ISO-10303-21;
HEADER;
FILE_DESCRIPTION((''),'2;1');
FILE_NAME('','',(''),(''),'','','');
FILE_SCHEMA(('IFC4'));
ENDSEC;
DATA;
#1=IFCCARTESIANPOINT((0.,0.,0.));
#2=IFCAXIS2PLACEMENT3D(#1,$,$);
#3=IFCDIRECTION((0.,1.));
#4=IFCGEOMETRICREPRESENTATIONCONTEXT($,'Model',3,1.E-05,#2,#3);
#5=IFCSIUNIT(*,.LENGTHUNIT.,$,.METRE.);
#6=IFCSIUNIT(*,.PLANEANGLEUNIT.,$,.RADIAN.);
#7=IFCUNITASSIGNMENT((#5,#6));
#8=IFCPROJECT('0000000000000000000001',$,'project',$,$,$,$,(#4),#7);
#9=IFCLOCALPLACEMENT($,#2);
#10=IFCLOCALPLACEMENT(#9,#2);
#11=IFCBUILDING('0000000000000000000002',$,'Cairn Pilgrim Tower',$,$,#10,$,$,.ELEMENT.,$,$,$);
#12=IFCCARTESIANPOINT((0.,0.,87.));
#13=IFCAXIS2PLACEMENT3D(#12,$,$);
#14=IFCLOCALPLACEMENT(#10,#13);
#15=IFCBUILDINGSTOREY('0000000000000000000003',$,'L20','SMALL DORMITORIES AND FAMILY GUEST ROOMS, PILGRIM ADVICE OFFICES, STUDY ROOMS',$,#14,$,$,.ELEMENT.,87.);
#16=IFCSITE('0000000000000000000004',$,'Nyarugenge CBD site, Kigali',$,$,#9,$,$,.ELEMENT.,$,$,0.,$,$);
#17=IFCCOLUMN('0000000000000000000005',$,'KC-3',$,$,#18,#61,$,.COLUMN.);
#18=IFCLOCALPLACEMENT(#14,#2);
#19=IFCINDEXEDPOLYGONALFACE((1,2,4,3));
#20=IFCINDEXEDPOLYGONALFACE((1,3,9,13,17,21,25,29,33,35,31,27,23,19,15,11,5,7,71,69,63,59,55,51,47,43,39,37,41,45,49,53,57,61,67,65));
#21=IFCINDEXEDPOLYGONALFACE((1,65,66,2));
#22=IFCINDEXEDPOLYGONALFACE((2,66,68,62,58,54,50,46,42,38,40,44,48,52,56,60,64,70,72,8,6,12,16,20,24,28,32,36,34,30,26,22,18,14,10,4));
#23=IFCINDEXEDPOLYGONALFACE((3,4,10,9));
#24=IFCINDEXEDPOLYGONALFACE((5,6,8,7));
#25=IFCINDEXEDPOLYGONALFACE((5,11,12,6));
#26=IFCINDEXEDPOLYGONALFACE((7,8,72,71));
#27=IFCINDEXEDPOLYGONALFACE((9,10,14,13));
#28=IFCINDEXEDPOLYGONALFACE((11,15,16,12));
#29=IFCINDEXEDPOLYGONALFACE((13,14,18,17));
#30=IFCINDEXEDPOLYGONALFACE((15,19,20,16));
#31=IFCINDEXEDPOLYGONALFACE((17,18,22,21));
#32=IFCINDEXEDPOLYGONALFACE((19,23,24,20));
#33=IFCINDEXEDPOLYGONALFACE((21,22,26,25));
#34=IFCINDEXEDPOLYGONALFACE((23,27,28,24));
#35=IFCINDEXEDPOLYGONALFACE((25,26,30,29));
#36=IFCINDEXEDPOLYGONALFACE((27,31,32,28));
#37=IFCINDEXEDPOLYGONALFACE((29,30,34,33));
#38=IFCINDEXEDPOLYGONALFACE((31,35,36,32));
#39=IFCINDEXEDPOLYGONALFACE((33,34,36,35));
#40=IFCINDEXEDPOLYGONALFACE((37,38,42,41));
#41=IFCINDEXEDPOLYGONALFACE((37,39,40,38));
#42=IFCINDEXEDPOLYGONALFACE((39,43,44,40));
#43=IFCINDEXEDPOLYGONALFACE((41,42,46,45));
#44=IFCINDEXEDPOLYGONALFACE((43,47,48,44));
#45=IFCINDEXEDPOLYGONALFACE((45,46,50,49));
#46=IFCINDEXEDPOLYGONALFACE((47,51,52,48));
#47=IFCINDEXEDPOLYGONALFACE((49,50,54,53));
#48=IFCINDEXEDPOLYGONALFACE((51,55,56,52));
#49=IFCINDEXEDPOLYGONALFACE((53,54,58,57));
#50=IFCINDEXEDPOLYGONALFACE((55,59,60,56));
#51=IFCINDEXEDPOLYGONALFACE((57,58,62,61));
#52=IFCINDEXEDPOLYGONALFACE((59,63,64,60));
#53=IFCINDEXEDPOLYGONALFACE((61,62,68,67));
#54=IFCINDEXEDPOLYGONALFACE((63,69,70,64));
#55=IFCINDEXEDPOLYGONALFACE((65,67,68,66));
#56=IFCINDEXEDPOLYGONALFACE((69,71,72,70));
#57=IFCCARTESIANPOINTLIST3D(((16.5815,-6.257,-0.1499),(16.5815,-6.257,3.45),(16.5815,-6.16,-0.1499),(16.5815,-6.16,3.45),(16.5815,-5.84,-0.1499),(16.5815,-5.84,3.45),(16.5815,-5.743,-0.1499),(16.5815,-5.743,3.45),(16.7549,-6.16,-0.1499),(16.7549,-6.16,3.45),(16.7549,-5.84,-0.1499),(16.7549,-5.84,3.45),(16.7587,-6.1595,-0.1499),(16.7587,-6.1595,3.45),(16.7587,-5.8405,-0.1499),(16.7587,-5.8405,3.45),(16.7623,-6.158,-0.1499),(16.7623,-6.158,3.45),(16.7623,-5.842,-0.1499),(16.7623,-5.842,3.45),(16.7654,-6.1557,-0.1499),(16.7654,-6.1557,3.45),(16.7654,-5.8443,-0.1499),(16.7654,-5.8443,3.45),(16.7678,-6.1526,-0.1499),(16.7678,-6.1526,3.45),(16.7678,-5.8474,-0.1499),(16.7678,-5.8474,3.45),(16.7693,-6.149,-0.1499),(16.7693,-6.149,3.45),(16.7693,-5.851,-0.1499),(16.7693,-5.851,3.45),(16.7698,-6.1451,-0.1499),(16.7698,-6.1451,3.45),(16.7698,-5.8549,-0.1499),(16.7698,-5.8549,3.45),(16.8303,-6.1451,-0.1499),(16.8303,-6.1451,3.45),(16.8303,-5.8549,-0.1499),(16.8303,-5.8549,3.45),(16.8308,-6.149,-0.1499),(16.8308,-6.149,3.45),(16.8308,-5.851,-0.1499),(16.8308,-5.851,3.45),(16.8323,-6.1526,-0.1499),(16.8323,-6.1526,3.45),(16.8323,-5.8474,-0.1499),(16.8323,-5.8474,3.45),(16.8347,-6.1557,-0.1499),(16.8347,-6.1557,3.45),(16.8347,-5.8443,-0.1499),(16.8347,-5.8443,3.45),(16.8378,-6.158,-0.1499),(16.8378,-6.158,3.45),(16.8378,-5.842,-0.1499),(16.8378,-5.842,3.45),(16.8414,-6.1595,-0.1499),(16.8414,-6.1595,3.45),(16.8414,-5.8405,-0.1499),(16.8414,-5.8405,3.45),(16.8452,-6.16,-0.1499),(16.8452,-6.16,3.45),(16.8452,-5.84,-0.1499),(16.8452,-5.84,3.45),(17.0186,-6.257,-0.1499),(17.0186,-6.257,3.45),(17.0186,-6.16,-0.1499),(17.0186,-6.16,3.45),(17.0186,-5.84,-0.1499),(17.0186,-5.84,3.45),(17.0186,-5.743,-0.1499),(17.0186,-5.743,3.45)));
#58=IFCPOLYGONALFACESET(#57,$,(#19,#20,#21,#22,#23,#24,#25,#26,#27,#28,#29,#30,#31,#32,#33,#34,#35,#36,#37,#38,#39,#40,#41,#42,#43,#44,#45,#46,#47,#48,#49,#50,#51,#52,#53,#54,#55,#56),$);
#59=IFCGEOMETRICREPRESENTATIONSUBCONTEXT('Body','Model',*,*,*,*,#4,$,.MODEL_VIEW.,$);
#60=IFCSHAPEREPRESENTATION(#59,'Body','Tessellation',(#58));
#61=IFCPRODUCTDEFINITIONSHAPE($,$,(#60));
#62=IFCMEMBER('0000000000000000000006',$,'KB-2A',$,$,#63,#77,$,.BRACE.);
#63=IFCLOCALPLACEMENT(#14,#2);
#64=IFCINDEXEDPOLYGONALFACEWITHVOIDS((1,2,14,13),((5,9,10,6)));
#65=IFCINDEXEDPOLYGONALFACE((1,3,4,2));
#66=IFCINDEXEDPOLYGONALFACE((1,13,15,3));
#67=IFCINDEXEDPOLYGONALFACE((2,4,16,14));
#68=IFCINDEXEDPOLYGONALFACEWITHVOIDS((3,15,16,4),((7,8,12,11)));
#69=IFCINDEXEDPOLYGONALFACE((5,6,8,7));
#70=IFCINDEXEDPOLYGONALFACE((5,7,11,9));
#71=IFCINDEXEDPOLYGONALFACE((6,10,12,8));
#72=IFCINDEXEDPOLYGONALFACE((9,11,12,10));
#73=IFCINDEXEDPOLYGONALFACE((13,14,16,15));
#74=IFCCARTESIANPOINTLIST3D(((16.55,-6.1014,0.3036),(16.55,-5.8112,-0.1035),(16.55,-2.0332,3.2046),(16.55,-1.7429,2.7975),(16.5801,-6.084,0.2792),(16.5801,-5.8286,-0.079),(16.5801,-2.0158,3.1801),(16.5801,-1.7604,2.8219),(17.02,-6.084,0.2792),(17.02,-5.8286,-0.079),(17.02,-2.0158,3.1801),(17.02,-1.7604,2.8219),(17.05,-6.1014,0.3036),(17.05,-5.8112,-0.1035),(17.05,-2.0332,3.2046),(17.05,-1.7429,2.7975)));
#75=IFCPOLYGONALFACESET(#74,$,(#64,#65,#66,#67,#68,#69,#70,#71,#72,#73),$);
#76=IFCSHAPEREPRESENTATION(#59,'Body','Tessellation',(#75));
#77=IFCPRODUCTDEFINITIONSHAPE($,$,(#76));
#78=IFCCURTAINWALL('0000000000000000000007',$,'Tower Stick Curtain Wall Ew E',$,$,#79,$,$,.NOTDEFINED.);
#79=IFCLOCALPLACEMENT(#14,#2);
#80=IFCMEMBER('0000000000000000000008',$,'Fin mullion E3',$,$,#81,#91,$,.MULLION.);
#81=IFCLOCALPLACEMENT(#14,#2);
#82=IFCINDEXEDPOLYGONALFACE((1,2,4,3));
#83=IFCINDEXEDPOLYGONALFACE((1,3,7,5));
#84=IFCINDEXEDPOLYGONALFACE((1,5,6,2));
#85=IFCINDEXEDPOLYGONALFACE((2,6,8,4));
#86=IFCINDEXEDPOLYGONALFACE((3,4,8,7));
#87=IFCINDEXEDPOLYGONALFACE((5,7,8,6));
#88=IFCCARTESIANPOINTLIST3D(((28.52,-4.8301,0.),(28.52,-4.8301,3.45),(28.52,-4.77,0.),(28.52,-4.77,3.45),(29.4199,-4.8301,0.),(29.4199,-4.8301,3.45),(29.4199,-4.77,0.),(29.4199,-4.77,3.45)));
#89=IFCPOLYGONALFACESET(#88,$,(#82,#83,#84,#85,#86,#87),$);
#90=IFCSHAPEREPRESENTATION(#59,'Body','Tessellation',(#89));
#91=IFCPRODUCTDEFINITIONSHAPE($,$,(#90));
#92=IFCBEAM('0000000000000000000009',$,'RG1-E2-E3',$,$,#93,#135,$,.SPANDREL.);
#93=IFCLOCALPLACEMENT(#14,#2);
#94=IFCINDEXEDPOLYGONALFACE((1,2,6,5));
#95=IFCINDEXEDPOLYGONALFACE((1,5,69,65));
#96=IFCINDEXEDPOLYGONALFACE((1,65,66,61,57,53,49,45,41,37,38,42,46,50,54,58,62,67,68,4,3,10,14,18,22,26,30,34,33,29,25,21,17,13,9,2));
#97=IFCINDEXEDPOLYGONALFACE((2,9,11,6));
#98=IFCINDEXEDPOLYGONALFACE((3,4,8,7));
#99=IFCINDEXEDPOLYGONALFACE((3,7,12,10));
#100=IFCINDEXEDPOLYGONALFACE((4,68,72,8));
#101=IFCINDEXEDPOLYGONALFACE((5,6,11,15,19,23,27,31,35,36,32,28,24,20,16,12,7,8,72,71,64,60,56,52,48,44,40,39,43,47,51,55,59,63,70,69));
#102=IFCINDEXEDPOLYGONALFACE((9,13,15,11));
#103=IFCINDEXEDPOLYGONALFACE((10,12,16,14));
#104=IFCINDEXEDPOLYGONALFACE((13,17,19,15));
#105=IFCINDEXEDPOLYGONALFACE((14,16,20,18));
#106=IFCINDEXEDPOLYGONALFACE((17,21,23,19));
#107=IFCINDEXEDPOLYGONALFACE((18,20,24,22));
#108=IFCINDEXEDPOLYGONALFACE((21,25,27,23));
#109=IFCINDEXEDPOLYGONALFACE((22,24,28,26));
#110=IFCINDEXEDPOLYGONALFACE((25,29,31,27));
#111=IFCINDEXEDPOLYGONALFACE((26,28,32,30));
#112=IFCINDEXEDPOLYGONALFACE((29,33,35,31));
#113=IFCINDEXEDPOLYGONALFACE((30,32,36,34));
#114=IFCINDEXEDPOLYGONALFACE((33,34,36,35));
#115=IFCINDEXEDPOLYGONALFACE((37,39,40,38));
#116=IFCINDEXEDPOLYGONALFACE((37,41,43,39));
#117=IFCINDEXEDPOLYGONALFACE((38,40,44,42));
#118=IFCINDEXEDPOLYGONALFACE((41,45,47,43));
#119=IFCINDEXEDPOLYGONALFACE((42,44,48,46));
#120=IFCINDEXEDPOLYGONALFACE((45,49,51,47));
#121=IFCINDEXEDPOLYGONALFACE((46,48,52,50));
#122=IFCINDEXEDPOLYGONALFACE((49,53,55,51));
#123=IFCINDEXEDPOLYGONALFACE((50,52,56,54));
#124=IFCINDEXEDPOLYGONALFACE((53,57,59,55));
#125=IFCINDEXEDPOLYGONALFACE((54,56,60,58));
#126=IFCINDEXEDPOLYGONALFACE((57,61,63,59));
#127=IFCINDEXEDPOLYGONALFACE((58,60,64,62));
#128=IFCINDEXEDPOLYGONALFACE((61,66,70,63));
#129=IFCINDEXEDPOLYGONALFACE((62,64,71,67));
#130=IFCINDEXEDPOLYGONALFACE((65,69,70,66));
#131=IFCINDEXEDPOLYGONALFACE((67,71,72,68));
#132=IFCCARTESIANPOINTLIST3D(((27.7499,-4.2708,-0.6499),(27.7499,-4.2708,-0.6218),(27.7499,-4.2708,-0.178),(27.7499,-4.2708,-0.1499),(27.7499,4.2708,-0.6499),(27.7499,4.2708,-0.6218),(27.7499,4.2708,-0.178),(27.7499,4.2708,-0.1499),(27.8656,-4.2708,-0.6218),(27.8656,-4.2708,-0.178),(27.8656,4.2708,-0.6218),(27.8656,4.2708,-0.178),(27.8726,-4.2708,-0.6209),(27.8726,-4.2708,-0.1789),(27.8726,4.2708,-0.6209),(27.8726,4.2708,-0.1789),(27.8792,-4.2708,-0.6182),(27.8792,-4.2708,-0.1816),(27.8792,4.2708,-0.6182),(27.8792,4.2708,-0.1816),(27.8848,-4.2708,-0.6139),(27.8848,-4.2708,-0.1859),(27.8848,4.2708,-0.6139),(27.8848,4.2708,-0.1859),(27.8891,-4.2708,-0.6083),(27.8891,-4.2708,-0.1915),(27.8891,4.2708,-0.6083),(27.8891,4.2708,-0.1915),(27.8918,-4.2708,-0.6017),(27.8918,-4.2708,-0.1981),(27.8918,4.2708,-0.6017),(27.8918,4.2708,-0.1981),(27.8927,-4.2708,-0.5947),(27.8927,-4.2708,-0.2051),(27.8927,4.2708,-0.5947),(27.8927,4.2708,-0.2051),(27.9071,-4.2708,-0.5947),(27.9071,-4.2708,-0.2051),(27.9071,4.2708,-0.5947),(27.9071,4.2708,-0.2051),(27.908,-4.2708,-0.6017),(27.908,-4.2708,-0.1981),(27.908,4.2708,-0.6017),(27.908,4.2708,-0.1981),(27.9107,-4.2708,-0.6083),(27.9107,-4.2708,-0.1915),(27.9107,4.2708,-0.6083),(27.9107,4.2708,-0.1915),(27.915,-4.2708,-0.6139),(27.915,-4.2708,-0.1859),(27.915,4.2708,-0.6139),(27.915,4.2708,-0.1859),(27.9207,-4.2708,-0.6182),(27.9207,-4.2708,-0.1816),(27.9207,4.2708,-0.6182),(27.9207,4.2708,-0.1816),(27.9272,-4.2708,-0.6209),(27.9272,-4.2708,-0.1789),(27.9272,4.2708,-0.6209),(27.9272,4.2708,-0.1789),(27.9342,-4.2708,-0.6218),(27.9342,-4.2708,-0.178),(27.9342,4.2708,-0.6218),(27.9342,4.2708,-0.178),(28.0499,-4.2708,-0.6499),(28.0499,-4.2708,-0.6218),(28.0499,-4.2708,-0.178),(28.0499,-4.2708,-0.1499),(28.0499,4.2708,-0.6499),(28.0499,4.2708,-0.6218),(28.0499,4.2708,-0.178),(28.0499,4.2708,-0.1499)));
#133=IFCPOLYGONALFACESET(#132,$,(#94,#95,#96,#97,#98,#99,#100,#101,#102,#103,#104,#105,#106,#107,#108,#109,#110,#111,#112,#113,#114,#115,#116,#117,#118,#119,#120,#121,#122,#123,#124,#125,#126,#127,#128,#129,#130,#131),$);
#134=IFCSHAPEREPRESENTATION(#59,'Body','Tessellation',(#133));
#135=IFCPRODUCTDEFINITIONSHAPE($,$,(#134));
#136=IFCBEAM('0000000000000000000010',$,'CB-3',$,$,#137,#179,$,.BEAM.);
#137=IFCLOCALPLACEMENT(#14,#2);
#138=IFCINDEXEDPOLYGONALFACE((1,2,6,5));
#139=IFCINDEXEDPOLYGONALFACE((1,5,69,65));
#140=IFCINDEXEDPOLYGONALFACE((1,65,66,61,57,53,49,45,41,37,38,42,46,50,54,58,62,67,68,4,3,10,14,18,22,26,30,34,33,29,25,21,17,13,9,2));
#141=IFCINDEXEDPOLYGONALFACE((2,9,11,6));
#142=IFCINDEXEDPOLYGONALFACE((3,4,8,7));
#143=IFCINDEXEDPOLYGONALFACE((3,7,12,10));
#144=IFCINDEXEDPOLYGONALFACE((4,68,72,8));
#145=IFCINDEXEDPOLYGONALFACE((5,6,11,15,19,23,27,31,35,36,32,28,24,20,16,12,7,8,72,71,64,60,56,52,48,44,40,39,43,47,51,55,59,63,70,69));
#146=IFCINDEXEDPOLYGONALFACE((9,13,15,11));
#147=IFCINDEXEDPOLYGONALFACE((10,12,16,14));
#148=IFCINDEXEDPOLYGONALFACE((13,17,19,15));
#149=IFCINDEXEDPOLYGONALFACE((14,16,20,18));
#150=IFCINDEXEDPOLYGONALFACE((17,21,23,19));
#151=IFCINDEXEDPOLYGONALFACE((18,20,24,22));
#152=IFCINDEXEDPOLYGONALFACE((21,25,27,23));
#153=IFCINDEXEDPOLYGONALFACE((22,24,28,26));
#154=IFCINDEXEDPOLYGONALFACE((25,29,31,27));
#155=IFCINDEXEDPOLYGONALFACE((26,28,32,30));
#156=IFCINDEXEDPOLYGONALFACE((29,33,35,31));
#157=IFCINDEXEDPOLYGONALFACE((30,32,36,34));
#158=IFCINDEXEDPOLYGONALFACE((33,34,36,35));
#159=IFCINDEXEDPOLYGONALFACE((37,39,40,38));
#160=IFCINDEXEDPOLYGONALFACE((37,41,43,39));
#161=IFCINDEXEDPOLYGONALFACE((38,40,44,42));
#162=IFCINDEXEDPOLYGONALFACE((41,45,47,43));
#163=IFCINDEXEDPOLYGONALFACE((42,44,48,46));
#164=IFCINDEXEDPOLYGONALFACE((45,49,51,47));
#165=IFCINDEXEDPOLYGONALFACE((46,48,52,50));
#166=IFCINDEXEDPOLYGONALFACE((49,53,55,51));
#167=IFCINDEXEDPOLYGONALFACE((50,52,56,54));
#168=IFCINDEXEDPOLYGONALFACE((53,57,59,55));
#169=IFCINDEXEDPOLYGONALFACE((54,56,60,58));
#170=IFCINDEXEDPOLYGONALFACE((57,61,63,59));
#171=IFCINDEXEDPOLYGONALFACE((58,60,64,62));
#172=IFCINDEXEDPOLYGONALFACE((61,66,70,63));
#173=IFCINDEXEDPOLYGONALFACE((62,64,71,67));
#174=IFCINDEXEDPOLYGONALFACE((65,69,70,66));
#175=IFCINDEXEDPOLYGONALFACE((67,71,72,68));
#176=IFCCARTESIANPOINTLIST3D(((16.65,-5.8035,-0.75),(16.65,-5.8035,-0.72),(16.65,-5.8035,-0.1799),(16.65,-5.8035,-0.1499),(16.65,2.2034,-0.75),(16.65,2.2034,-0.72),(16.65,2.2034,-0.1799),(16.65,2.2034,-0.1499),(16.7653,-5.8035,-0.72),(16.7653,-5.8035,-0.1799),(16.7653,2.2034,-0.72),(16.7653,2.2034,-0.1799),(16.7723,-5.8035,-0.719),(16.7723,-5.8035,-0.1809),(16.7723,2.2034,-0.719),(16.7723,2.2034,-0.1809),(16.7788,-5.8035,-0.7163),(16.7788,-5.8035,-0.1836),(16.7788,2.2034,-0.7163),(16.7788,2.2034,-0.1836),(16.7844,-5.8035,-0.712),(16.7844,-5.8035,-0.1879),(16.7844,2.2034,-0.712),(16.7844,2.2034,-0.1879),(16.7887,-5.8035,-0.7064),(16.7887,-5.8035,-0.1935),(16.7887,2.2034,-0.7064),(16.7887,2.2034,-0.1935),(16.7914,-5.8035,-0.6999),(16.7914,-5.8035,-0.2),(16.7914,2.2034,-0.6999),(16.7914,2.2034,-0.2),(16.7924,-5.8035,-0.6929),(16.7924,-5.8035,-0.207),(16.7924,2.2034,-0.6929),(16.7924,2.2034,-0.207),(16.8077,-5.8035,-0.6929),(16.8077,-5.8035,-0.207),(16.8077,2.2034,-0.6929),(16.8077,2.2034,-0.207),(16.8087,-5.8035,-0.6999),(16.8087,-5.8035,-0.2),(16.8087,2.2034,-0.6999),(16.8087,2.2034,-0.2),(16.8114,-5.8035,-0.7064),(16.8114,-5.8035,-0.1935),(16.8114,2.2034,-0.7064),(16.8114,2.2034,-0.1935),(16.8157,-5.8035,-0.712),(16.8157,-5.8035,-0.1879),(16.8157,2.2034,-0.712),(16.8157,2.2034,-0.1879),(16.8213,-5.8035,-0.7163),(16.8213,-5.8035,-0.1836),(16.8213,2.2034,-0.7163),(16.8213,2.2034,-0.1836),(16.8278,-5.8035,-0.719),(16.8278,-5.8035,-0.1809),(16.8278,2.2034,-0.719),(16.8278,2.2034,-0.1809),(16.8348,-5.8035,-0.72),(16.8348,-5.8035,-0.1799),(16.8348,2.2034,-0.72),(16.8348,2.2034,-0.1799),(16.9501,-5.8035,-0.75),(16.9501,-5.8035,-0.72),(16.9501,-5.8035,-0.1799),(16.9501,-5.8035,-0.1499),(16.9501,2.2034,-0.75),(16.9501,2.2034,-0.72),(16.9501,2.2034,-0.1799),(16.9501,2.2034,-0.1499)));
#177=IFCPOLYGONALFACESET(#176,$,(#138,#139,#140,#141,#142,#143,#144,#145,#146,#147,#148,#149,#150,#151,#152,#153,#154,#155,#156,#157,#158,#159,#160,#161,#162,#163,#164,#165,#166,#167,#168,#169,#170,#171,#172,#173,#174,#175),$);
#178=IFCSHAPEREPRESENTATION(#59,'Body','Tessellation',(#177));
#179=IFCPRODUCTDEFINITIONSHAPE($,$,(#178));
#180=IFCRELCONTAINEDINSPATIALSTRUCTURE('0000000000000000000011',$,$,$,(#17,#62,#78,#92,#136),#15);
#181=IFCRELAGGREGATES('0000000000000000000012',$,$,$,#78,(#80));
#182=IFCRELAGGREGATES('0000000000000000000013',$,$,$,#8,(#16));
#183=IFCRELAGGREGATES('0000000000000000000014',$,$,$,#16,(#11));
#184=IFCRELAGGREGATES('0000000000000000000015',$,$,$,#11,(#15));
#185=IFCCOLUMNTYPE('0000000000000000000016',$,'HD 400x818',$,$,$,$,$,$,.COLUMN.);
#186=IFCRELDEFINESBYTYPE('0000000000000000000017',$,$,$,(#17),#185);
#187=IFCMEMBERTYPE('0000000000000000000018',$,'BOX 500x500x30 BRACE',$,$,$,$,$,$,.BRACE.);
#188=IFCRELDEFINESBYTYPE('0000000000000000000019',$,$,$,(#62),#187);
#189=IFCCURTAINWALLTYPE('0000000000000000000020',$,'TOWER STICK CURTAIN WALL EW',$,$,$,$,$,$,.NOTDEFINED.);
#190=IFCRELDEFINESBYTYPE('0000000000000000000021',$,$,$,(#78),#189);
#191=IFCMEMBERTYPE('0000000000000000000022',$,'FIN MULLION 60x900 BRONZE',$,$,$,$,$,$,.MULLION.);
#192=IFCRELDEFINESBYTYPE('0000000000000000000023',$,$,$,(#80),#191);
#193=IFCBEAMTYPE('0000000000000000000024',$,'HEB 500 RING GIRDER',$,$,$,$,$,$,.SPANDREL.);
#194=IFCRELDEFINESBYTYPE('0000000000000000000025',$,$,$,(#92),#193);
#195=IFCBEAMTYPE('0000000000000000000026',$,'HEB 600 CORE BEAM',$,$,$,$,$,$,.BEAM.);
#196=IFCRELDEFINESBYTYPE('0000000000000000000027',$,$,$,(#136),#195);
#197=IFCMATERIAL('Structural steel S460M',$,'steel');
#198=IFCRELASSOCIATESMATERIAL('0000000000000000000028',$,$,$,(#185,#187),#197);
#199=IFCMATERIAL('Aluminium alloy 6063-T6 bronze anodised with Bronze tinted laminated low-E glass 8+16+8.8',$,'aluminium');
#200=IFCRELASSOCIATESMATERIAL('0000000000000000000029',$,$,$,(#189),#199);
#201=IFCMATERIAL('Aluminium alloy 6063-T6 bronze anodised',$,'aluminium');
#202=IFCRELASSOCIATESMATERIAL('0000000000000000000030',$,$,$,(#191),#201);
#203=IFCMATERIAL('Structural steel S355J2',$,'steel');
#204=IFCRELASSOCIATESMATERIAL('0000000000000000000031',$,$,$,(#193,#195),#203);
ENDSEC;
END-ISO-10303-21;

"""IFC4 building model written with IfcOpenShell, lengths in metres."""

from ifc_helpers import new_model, si_unit, direction, frame, origin, origin_2d, place, context, subcontext, project, spatial, rectangle, hollow_rectangle, i_section, extrude, material, material_profile, profile_set, type_object, element, aggregate, save


model = new_model("IFC4")

# Units and contexts
model_context = context("Model", 3, precision=1e-05, world=origin(), true_north=direction((0.0, 1.0)))
body_context = subcontext(model_context, "Body", "Model", "MODEL_VIEW")
ifc_project = project(units=[si_unit("LENGTHUNIT", "METRE"), si_unit("PLANEANGLEUNIT", "RADIAN")], contexts=[model_context])

# Site, building, storey
site_placement = place(None, origin())
site = spatial("IfcSite", under=ifc_project, at=site_placement, Name="Nyarugenge CBD site, Kigali", CompositionType="ELEMENT", RefElevation=0.0)
building_placement = place(site_placement, origin())
building = spatial("IfcBuilding", under=site, at=building_placement, Name="Cairn Pilgrim Tower", CompositionType="ELEMENT")
storey_placement = place(building_placement, frame((0.0, 0.0, 87.0)))
storey = spatial("IfcBuildingStorey", under=building, at=storey_placement, Name="L20", Description="SMALL DORMITORIES AND FAMILY GUEST ROOMS, PILGRIM ADVICE OFFICES, STUDY ROOMS", CompositionType="ELEMENT", Elevation=87.0)

# Column
ifc_material_1 = material(Name="Structural steel S460M", Category="steel")
ifc_material_profile_1 = material_profile(ifc_material_1, i_section(OverallWidth=0.437, OverallDepth=0.5139, WebThickness=0.0605, FlangeThickness=0.0969, FilletRadius=0.0149, at=origin_2d()), Name="HD 400x818")
ifc_profile_set_1 = profile_set([ifc_material_profile_1], Name="Structural steel S460M")
column_type_1 = type_object("IfcColumnType", Name="HD 400x818", PredefinedType="COLUMN", material=ifc_profile_set_1)
column_1_placement = place(storey_placement, frame((16.8, -6.0, -0.1499), z_axis=(0.0, 0.0, 1.0), x_axis=(1.0, 0.0, 0.0)))
element("IfcColumn", 1, at=column_1_placement, inside=storey, type_object=column_type_1, Name="KC-3", PredefinedType="COLUMN", context=body_context, shape_type="SweptSolid", body=[
    extrude(i_section(OverallWidth=0.437, OverallDepth=0.5139, WebThickness=0.0605, FlangeThickness=0.0969, FilletRadius=0.0149, at=origin_2d()), origin(), (0.0, 0.0, 1.0), 3.5999),
])

# Member
ifc_material_profile_2 = material_profile(ifc_material_1, hollow_rectangle(XDim=0.5, YDim=0.5, WallThickness=0.03, at=origin_2d()), Name="BOX 500x500x30")
ifc_profile_set_2 = profile_set([ifc_material_profile_2], Name="Structural steel S460M")
member_type_1 = type_object("IfcMemberType", Name="BOX 500x500x30 BRACE", PredefinedType="BRACE", material=ifc_profile_set_2)
member_1_placement = place(storey_placement, frame((16.8, -5.9563, 0.1001), z_axis=(0.0, 0.814199, 0.580586), x_axis=(-1.0, 0.0, 0.0)))
element("IfcMember", 2, at=member_1_placement, inside=storey, type_object=member_type_1, Name="KB-2A", PredefinedType="BRACE", context=body_context, shape_type="SweptSolid", body=[
    extrude(hollow_rectangle(XDim=0.5, YDim=0.5, WallThickness=0.03, at=origin_2d()), origin(), (0.0, 0.0, 1.0), 4.9966),
])

# Curtain wall, member
ifc_material_2 = material(Name="Aluminium alloy 6063-T6 bronze anodised with Bronze tinted laminated low-E glass 8+16+8.8", Category="aluminium")
curtain_wall_type = type_object("IfcCurtainWallType", Name="TOWER STICK CURTAIN WALL EW", PredefinedType="NOTDEFINED", material=ifc_material_2)
curtain_wall_placement = place(storey_placement, origin())
curtain_wall = element("IfcCurtainWall", 3, at=curtain_wall_placement, inside=storey, type_object=curtain_wall_type, Name="Tower Stick Curtain Wall Ew E", PredefinedType="NOTDEFINED")
ifc_material_3 = material(Name="Aluminium alloy 6063-T6 bronze anodised", Category="aluminium")
ifc_material_profile_3 = material_profile(ifc_material_3, rectangle(XDim=0.8999, YDim=0.0601, at=origin_2d()), Name="FIN MULLION 60x900 BRONZE")
ifc_profile_set_3 = profile_set([ifc_material_profile_3], Name="Aluminium alloy 6063-T6 bronze anodised")
member_type_2 = type_object("IfcMemberType", Name="FIN MULLION 60x900 BRONZE", PredefinedType="MULLION", material=ifc_profile_set_3)
member_2_placement = place(storey_placement, frame((28.97, -4.8, 0.0), z_axis=(0.0, 0.0, 1.0), x_axis=(1.0, 0.0, 0.0)))
member_2 = element("IfcMember", 4, at=member_2_placement, type_object=member_type_2, Name="Fin mullion E3", PredefinedType="MULLION", context=body_context, shape_type="SweptSolid", body=[
    extrude(rectangle(XDim=0.8999, YDim=0.0601, at=origin_2d()), origin(), (0.0, 0.0, 1.0), 3.45),
])

# Beams
ifc_material_4 = material(Name="Structural steel S355J2", Category="steel")
ifc_material_profile_4 = material_profile(ifc_material_4, i_section(OverallWidth=0.3, OverallDepth=0.5, WebThickness=0.0144, FlangeThickness=0.0281, FilletRadius=0.0271, at=origin_2d()), Name="HEB 500")
ifc_profile_set_4 = profile_set([ifc_material_profile_4], Name="Structural steel S355J2")
beam_type_1 = type_object("IfcBeamType", Name="HEB 500 RING GIRDER", PredefinedType="SPANDREL", material=ifc_profile_set_4)
beam_1_placement = place(storey_placement, frame((27.8999, -4.2708, -0.3999), z_axis=(0.0, 1.0, 0.0), x_axis=(-1.0, 0.0, 0.0)))
element("IfcBeam", 5, at=beam_1_placement, inside=storey, type_object=beam_type_1, Name="RG1-E2-E3", PredefinedType="SPANDREL", context=body_context, shape_type="SweptSolid", body=[
    extrude(i_section(OverallWidth=0.3, OverallDepth=0.5, WebThickness=0.0144, FlangeThickness=0.0281, FilletRadius=0.0271, at=origin_2d()), origin(), (0.0, 0.0, 1.0), 8.5415),
])
ifc_material_profile_5 = material_profile(ifc_material_4, i_section(OverallWidth=0.3, OverallDepth=0.6001, WebThickness=0.0154, FlangeThickness=0.03, FilletRadius=0.0271, at=origin_2d()), Name="HEB 600")
ifc_profile_set_5 = profile_set([ifc_material_profile_5], Name="Structural steel S355J2")
beam_type_2 = type_object("IfcBeamType", Name="HEB 600 CORE BEAM", PredefinedType="BEAM", material=ifc_profile_set_5)
beam_2_placement = place(storey_placement, frame((16.8, -5.8035, -0.45), z_axis=(0.0, 1.0, 0.0), x_axis=(-1.0, 0.0, 0.0)))
element("IfcBeam", 6, at=beam_2_placement, inside=storey, type_object=beam_type_2, Name="CB-3", PredefinedType="BEAM", context=body_context, shape_type="SweptSolid", body=[
    extrude(i_section(OverallWidth=0.3, OverallDepth=0.6001, WebThickness=0.0154, FlangeThickness=0.03, FilletRadius=0.0271, at=origin_2d()), origin(), (0.0, 0.0, 1.0), 8.0068),
])

aggregate(curtain_wall, [member_2])

save(model, "model.ifc")
